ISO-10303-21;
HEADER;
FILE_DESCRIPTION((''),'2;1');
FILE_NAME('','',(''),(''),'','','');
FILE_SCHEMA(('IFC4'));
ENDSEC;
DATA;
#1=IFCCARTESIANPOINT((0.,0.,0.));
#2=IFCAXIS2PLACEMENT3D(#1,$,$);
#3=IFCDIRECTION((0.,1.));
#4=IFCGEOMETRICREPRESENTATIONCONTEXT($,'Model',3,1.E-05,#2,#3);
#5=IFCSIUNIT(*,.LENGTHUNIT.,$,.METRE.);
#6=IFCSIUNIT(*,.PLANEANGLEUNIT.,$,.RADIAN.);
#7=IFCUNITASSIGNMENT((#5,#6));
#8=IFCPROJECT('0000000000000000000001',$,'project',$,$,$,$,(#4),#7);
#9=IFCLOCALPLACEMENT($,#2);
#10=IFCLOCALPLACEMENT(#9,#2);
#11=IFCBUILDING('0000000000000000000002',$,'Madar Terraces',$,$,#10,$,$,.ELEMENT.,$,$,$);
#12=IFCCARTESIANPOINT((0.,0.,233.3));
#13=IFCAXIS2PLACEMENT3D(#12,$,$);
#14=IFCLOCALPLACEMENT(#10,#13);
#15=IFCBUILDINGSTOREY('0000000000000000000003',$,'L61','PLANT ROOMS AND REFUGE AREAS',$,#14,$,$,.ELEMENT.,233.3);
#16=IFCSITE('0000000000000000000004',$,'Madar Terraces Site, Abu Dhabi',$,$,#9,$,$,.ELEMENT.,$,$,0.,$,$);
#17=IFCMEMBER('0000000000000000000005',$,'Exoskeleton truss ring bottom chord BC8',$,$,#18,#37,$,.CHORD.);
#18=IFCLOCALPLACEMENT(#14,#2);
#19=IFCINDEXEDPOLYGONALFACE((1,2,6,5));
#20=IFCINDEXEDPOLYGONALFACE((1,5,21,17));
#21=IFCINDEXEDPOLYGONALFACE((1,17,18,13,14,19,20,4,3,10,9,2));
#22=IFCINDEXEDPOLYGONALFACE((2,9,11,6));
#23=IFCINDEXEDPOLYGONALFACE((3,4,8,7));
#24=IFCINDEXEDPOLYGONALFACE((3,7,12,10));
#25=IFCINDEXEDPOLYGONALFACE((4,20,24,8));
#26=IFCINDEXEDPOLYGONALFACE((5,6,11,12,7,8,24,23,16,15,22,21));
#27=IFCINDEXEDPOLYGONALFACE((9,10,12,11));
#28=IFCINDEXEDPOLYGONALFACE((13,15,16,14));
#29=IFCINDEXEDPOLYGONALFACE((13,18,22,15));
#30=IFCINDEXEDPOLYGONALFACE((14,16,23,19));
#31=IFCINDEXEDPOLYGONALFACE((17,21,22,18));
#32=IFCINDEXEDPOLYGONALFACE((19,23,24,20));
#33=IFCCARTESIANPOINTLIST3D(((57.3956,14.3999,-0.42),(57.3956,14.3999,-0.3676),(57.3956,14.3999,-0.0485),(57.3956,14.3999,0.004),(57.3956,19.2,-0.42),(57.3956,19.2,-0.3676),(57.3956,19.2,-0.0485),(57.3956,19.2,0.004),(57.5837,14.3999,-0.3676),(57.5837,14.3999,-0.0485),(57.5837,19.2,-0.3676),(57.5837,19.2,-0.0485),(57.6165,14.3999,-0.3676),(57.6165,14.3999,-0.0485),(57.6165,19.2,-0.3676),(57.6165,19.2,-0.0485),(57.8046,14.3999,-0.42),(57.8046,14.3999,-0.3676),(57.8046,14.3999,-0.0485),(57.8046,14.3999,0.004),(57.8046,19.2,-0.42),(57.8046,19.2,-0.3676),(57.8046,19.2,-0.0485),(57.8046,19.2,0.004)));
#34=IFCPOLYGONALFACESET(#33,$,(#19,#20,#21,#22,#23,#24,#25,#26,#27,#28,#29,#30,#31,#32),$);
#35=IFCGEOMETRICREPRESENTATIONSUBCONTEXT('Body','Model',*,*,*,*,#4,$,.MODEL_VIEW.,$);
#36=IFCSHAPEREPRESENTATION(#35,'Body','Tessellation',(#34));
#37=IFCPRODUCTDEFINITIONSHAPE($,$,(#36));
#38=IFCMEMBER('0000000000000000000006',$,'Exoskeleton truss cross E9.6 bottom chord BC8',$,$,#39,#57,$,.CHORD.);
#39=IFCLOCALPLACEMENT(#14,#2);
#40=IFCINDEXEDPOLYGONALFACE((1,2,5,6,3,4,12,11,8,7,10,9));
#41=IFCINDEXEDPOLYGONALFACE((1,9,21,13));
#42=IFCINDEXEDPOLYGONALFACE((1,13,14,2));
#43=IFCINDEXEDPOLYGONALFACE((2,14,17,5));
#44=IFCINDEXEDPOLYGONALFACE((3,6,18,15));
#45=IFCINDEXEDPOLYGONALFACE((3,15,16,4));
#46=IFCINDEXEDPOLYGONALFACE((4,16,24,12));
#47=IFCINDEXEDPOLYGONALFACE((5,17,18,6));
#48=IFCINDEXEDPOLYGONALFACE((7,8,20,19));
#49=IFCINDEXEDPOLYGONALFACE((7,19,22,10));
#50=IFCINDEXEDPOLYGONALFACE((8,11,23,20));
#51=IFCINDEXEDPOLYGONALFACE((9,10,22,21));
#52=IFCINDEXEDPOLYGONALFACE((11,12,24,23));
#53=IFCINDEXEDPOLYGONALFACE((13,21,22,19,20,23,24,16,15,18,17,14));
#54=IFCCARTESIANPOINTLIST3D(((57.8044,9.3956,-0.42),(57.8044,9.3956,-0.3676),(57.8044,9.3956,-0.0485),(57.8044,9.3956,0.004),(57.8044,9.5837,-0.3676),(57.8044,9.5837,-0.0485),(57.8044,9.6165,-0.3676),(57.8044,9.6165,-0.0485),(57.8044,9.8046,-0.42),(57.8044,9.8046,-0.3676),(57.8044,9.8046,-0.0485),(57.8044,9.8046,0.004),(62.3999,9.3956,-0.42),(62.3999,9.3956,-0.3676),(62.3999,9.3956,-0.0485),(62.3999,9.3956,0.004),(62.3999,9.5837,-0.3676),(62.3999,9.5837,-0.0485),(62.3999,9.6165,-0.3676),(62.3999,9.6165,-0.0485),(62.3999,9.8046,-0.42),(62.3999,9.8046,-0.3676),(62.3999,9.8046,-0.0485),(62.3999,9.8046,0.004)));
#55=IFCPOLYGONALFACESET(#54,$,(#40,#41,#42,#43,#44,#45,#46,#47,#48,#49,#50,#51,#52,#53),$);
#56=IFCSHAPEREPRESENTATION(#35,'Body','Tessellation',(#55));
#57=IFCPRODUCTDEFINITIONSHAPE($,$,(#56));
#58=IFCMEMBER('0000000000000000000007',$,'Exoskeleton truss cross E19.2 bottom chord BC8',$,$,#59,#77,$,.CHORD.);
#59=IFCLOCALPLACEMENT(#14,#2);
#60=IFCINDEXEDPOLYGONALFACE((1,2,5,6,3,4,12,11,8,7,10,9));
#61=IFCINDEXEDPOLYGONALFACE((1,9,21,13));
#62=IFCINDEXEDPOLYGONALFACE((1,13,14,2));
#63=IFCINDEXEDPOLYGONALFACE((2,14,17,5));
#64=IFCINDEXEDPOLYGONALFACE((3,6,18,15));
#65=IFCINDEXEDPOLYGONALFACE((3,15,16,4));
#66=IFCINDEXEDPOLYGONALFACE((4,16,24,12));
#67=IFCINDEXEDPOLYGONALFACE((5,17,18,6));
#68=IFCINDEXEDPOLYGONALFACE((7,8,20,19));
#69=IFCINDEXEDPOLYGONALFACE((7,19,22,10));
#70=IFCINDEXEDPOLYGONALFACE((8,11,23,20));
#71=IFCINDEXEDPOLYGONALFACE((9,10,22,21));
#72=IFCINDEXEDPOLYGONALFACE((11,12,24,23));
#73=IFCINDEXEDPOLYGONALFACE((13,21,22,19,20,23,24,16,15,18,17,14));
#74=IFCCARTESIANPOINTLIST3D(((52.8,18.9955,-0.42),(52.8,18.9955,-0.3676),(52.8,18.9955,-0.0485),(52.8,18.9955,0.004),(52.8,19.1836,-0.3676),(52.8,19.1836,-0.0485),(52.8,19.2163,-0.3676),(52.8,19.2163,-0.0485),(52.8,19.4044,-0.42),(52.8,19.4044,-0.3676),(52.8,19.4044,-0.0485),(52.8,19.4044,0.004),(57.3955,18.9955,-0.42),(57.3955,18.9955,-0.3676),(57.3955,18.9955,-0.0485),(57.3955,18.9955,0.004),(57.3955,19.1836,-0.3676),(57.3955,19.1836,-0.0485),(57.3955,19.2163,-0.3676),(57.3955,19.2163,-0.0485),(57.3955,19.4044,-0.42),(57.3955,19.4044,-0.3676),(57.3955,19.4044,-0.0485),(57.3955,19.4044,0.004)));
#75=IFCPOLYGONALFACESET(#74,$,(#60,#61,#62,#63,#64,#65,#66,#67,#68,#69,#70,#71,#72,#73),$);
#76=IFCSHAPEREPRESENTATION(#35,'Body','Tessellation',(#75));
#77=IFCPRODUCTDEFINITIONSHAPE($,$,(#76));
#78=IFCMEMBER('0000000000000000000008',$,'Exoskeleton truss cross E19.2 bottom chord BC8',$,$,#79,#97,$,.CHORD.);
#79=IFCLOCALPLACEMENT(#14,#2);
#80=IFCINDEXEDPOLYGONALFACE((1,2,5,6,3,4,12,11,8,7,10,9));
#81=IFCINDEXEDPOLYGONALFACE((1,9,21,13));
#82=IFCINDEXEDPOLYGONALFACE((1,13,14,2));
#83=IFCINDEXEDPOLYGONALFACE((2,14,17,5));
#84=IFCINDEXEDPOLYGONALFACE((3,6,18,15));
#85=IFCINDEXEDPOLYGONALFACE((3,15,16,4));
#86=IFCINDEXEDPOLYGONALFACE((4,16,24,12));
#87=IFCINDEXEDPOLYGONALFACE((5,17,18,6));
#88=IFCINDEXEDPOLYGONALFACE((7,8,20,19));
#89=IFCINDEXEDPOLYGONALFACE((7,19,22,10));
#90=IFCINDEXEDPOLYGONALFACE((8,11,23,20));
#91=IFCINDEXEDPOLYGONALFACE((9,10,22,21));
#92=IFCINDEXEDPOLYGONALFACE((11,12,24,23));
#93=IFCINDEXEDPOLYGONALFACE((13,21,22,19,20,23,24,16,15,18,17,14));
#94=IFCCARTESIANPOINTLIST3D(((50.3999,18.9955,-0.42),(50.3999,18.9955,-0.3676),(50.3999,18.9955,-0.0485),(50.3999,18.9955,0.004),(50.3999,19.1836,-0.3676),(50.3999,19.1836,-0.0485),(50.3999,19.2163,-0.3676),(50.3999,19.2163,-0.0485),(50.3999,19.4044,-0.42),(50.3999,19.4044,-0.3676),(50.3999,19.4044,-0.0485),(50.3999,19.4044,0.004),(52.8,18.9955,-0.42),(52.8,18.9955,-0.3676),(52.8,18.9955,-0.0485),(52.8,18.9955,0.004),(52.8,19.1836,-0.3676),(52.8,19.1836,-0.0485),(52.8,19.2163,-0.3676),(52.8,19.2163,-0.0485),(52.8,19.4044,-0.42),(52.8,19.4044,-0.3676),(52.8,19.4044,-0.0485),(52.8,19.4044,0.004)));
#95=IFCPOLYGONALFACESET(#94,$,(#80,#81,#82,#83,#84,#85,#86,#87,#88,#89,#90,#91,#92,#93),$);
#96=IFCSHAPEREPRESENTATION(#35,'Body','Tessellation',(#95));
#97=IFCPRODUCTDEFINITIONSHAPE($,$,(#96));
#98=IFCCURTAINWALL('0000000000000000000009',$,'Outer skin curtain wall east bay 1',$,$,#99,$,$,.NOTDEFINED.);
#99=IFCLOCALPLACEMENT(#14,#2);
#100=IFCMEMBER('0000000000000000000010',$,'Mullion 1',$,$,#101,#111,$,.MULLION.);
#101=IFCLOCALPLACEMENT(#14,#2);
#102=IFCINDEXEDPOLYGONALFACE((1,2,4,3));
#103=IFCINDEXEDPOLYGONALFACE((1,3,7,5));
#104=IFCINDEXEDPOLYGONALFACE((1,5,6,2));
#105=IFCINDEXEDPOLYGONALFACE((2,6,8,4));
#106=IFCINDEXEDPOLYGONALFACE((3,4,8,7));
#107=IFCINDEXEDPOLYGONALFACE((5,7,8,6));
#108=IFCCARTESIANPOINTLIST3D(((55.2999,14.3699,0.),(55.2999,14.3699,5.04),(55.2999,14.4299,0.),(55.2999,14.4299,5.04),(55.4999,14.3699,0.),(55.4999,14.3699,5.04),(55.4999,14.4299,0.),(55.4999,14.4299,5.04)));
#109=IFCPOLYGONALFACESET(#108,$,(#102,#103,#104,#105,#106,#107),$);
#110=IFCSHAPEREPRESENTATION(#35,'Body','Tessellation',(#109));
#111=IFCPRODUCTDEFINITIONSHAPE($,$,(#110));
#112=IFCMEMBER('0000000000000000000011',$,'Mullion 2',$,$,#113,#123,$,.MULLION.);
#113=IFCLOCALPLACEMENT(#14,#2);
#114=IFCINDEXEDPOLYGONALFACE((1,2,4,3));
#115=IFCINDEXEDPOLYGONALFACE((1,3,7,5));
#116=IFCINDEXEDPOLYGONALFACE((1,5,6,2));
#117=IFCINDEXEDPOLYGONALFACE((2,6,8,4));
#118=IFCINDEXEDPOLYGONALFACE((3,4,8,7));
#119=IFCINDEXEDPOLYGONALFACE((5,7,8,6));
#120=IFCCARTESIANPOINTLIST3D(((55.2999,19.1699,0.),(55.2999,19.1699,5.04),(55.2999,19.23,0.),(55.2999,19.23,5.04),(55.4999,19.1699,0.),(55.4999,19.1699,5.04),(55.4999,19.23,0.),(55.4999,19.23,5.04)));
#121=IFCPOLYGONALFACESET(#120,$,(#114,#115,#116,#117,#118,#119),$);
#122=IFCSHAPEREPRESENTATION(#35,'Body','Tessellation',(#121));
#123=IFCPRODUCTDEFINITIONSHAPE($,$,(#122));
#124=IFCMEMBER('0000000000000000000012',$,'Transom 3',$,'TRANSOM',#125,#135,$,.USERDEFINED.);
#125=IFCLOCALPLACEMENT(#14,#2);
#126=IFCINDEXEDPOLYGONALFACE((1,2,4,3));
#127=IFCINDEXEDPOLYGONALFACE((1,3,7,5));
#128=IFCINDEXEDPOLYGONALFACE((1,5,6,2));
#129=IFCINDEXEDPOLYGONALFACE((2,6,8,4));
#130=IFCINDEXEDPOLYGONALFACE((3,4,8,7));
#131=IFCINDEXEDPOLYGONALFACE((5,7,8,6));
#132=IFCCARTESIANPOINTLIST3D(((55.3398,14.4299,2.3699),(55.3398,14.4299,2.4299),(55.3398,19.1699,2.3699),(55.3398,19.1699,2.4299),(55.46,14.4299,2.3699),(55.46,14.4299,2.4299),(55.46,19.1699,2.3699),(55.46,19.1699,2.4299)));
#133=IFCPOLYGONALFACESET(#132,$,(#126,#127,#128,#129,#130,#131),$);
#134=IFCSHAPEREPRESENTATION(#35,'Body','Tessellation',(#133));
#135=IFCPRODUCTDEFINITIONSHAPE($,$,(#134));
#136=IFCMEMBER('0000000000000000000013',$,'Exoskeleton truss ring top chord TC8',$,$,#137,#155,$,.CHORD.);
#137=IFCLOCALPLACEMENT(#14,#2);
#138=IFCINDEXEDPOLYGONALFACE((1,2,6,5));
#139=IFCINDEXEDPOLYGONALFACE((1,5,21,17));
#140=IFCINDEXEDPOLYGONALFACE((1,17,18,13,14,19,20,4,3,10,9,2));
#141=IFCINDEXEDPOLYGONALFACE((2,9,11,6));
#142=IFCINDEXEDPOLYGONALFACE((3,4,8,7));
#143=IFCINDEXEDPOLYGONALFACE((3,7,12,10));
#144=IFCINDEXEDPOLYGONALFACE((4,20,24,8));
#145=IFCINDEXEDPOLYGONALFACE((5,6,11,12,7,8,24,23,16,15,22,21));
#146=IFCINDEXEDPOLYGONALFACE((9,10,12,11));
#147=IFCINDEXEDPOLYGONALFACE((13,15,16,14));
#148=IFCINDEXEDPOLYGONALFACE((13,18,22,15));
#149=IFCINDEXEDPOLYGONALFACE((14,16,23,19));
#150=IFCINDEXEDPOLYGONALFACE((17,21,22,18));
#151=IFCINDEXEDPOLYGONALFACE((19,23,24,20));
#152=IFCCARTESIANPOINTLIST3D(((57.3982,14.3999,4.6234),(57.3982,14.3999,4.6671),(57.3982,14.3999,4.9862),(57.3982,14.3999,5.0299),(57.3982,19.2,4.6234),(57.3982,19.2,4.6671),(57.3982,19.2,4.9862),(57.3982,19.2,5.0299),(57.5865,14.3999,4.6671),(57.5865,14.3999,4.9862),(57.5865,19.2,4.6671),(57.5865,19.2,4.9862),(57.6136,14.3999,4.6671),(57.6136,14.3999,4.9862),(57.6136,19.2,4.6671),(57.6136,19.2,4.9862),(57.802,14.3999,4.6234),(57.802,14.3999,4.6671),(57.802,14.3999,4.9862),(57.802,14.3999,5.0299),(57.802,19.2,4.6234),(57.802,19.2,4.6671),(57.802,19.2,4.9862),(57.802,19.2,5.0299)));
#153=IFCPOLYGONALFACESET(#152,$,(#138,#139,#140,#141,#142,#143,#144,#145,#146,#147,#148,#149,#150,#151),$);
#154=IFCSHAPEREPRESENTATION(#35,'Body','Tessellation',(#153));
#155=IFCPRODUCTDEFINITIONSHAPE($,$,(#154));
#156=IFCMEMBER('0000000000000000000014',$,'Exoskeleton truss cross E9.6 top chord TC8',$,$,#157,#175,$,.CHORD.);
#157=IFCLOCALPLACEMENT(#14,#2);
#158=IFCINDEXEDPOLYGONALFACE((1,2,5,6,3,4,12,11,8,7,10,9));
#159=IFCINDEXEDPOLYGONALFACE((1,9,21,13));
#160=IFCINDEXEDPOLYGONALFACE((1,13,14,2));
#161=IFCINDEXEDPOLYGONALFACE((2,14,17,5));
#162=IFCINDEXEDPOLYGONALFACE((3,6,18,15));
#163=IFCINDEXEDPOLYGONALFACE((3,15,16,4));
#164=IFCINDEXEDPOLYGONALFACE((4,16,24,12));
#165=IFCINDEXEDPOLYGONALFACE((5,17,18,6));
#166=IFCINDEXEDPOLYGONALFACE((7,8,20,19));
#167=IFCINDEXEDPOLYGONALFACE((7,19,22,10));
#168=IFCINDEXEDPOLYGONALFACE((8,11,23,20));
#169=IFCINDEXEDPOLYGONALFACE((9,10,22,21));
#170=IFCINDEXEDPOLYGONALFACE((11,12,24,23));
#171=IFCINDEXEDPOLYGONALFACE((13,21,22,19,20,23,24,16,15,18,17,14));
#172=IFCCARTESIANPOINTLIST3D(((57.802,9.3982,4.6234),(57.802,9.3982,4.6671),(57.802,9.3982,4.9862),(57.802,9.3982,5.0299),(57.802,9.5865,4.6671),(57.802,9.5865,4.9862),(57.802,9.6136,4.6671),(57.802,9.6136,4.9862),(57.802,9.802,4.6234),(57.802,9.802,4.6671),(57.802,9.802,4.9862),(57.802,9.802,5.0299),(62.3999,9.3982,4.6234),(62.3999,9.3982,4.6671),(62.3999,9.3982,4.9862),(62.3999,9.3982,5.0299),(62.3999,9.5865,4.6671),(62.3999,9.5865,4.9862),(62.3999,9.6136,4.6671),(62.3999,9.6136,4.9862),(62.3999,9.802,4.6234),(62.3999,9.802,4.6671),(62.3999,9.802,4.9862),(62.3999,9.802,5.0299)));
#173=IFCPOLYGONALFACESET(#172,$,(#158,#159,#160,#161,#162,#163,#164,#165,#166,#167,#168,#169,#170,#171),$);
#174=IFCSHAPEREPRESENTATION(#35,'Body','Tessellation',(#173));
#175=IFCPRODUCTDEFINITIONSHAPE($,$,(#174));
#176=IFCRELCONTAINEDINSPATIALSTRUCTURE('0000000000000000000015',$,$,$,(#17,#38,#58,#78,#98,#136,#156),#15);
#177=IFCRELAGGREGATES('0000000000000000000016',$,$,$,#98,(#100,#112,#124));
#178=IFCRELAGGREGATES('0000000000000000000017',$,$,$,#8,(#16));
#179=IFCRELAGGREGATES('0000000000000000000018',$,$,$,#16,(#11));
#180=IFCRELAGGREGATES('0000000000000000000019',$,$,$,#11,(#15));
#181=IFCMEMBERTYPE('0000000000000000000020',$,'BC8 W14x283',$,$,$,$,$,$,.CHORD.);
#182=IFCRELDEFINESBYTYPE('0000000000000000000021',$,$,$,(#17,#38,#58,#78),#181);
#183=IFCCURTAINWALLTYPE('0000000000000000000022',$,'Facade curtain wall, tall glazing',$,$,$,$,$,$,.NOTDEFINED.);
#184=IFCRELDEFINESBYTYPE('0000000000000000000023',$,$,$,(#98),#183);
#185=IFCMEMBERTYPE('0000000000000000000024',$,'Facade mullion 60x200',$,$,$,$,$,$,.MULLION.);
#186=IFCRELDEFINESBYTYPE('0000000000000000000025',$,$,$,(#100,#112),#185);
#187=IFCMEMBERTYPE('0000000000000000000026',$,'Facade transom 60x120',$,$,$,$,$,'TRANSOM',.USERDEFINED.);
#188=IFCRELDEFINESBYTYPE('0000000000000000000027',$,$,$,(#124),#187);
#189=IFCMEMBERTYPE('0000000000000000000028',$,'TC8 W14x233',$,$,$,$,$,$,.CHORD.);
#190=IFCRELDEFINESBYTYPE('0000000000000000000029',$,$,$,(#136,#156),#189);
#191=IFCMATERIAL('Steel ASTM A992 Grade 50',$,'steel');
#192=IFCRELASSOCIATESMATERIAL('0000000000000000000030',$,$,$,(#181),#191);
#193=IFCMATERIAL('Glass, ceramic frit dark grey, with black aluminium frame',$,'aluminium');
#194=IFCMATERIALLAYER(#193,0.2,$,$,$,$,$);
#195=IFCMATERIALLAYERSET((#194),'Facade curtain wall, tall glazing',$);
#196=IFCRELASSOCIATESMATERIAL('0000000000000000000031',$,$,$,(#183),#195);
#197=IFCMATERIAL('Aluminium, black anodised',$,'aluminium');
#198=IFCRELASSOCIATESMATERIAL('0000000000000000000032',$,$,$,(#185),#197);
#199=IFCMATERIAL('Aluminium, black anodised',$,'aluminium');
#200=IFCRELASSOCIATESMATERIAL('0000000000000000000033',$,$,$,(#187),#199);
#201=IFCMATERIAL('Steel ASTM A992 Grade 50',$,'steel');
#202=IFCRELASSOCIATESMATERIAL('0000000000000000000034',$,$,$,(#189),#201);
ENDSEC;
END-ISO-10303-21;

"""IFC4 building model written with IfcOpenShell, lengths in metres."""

from ifc_helpers import new_model, si_unit, direction, frame, origin, origin_2d, place, context, subcontext, project, spatial, rectangle, i_section, extrude, material, layer, layer_set, material_profile, profile_set, type_object, element, aggregate, save


model = new_model("IFC4")

# Units and contexts
model_context = context("Model", 3, precision=1e-05, world=origin(), true_north=direction((0.0, 1.0)))
body_context = subcontext(model_context, "Body", "Model", "MODEL_VIEW")
ifc_project = project(units=[si_unit("LENGTHUNIT", "METRE"), si_unit("PLANEANGLEUNIT", "RADIAN")], contexts=[model_context])

# Site, building, storey
site_placement = place(None, origin())
site = spatial("IfcSite", under=ifc_project, at=site_placement, Name="Madar Terraces Site, Abu Dhabi", CompositionType="ELEMENT", RefElevation=0.0)
building_placement = place(site_placement, origin())
building = spatial("IfcBuilding", under=site, at=building_placement, Name="Madar Terraces", CompositionType="ELEMENT")
storey_placement = place(building_placement, frame((0.0, 0.0, 233.3)))
storey = spatial("IfcBuildingStorey", under=building, at=storey_placement, Name="L61", Description="PLANT ROOMS AND REFUGE AREAS", CompositionType="ELEMENT", Elevation=233.3)

# Members
ifc_material_1 = material(Name="Steel ASTM A992 Grade 50", Category="steel")
ifc_material_profile_1 = material_profile(ifc_material_1, i_section(OverallWidth=0.4089, OverallDepth=0.4241, WebThickness=0.0327, FlangeThickness=0.0525, at=origin_2d()), Name="W14x283")
ifc_profile_set_1 = profile_set([ifc_material_profile_1], Name="Steel ASTM A992 Grade 50")
member_type_1 = type_object("IfcMemberType", Name="BC8 W14x283", PredefinedType="CHORD", material=ifc_profile_set_1)
member_1_placement = place(storey_placement, frame((57.6001, 14.3999, -0.208), z_axis=(0.0, 1.0, 0.0), x_axis=(-1.0, 0.0, 0.0)))
element("IfcMember", 1, at=member_1_placement, inside=storey, type_object=member_type_1, Name="Exoskeleton truss ring bottom chord BC8", PredefinedType="CHORD", context=body_context, shape_type="SweptSolid", body=[
    extrude(i_section(OverallWidth=0.4089, OverallDepth=0.4241, WebThickness=0.0327, FlangeThickness=0.0525, at=origin_2d()), origin(), (0.0, 0.0, 1.0), 4.8),
])
for number, where, z_axis, x_axis, name in (
    (2, (62.3999, 9.6001, -0.208), (-1.0, 0.0, 0.0), (0.0, -1.0, 0.0), "Exoskeleton truss cross E9.6 bottom chord BC8"),
    (3, (57.3955, 19.2, -0.208), (-1.0, 0.0, 0.0), (0.0, -1.0, 0.0), "Exoskeleton truss cross E19.2 bottom chord BC8"),
):
    element("IfcMember", number, at=place(storey_placement, frame(where, z_axis=z_axis, x_axis=x_axis)), inside=storey, type_object=member_type_1, Name=name, PredefinedType="CHORD", context=body_context, shape_type="SweptSolid", body=[
        extrude(i_section(OverallWidth=0.4089, OverallDepth=0.4241, WebThickness=0.0327, FlangeThickness=0.0525, at=origin_2d()), origin(), (0.0, 0.0, 1.0), 4.5955),
    ])
member_2_placement = place(storey_placement, frame((52.8, 19.2, -0.208), z_axis=(-1.0, 0.0, 0.0), x_axis=(0.0, -1.0, 0.0)))
element("IfcMember", 4, at=member_2_placement, inside=storey, type_object=member_type_1, Name="Exoskeleton truss cross E19.2 bottom chord BC8", PredefinedType="CHORD", context=body_context, shape_type="SweptSolid", body=[
    extrude(i_section(OverallWidth=0.4089, OverallDepth=0.4241, WebThickness=0.0327, FlangeThickness=0.0525, at=origin_2d()), origin(), (0.0, 0.0, 1.0), 2.4001),
])

# Curtain wall, members
ifc_material_2 = material(Name="Glass, ceramic frit dark grey, with black aluminium frame", Category="aluminium")
ifc_layer_1 = layer(ifc_material_2, 0.2)
ifc_layer_set_1 = layer_set([ifc_layer_1], Name="Facade curtain wall, tall glazing")
curtain_wall_type = type_object("IfcCurtainWallType", Name="Facade curtain wall, tall glazing", PredefinedType="NOTDEFINED", material=ifc_layer_set_1)
curtain_wall_placement = place(storey_placement, origin())
curtain_wall = element("IfcCurtainWall", 5, at=curtain_wall_placement, inside=storey, type_object=curtain_wall_type, Name="Outer skin curtain wall east bay 1", PredefinedType="NOTDEFINED")
ifc_material_3 = material(Name="Aluminium, black anodised", Category="aluminium")
ifc_material_profile_2 = material_profile(ifc_material_3, rectangle(XDim=0.2, YDim=0.0601, at=origin_2d()), Name="Facade mullion 60x200")
ifc_profile_set_2 = profile_set([ifc_material_profile_2], Name="Aluminium, black anodised")
member_type_2 = type_object("IfcMemberType", Name="Facade mullion 60x200", PredefinedType="MULLION", material=ifc_profile_set_2)
member_3_placement = place(storey_placement, frame((55.3999, 14.3999, 0.0), z_axis=(0.0, 0.0, 1.0), x_axis=(-1.0, 0.0, 0.0)))
member_3 = element("IfcMember", 6, at=member_3_placement, type_object=member_type_2, Name="Mullion 1", PredefinedType="MULLION", context=body_context, shape_type="SweptSolid", body=[
    extrude(rectangle(XDim=0.2, YDim=0.0601, at=origin_2d()), origin(), (0.0, 0.0, 1.0), 5.04),
])
member_4_placement = place(storey_placement, frame((55.3999, 19.2, 0.0), z_axis=(0.0, 0.0, 1.0), x_axis=(-1.0, 0.0, 0.0)))
member_4 = element("IfcMember", 7, at=member_4_placement, type_object=member_type_2, Name="Mullion 2", PredefinedType="MULLION", context=body_context, shape_type="SweptSolid", body=[
    extrude(rectangle(XDim=0.2, YDim=0.0601, at=origin_2d()), origin(), (0.0, 0.0, 1.0), 5.04),
])
ifc_material_4 = material(Name="Aluminium, black anodised", Category="aluminium")
ifc_material_profile_3 = material_profile(ifc_material_4, rectangle(XDim=0.1201, YDim=0.0601, at=origin_2d()), Name="Facade transom 60x120")
ifc_profile_set_3 = profile_set([ifc_material_profile_3], Name="Aluminium, black anodised")
member_type_3 = type_object("IfcMemberType", Name="Facade transom 60x120", ElementType="TRANSOM", PredefinedType="USERDEFINED", material=ifc_profile_set_3)
member_5_placement = place(storey_placement, frame((55.3999, 14.4299, 2.3999), z_axis=(0.0, 1.0, 0.0), x_axis=(-1.0, 0.0, 0.0)))
member_5 = element("IfcMember", 8, at=member_5_placement, type_object=member_type_3, Name="Transom 3", ObjectType="TRANSOM", PredefinedType="USERDEFINED", context=body_context, shape_type="SweptSolid", body=[
    extrude(rectangle(XDim=0.1201, YDim=0.0601, at=origin_2d()), origin(), (0.0, 0.0, 1.0), 4.74),
])

# Members
ifc_material_5 = material(Name="Steel ASTM A992 Grade 50", Category="steel")
ifc_material_profile_4 = material_profile(ifc_material_5, i_section(OverallWidth=0.4038, OverallDepth=0.4065, WebThickness=0.0271, FlangeThickness=0.0437, at=origin_2d()), Name="W14x233")
ifc_profile_set_4 = profile_set([ifc_material_profile_4], Name="Steel ASTM A992 Grade 50")
member_type_4 = type_object("IfcMemberType", Name="TC8 W14x233", PredefinedType="CHORD", material=ifc_profile_set_4)
member_6_placement = place(storey_placement, frame((57.6001, 14.3999, 4.8267), z_axis=(0.0, 1.0, 0.0), x_axis=(-1.0, 0.0, 0.0)))
element("IfcMember", 9, at=member_6_placement, inside=storey, type_object=member_type_4, Name="Exoskeleton truss ring top chord TC8", PredefinedType="CHORD", context=body_context, shape_type="SweptSolid", body=[
    extrude(i_section(OverallWidth=0.4038, OverallDepth=0.4065, WebThickness=0.0271, FlangeThickness=0.0437, at=origin_2d()), origin(), (0.0, 0.0, 1.0), 4.8),
])
member_7_placement = place(storey_placement, frame((62.3999, 9.6001, 4.8267), z_axis=(-1.0, 0.0, 0.0), x_axis=(0.0, -1.0, 0.0)))
element("IfcMember", 10, at=member_7_placement, inside=storey, type_object=member_type_4, Name="Exoskeleton truss cross E9.6 top chord TC8", PredefinedType="CHORD", context=body_context, shape_type="SweptSolid", body=[
    extrude(i_section(OverallWidth=0.4038, OverallDepth=0.4065, WebThickness=0.0271, FlangeThickness=0.0437, at=origin_2d()), origin(), (0.0, 0.0, 1.0), 4.5979),
])

aggregate(curtain_wall, [member_3, member_4, member_5])

save(model, "model.ifc")
